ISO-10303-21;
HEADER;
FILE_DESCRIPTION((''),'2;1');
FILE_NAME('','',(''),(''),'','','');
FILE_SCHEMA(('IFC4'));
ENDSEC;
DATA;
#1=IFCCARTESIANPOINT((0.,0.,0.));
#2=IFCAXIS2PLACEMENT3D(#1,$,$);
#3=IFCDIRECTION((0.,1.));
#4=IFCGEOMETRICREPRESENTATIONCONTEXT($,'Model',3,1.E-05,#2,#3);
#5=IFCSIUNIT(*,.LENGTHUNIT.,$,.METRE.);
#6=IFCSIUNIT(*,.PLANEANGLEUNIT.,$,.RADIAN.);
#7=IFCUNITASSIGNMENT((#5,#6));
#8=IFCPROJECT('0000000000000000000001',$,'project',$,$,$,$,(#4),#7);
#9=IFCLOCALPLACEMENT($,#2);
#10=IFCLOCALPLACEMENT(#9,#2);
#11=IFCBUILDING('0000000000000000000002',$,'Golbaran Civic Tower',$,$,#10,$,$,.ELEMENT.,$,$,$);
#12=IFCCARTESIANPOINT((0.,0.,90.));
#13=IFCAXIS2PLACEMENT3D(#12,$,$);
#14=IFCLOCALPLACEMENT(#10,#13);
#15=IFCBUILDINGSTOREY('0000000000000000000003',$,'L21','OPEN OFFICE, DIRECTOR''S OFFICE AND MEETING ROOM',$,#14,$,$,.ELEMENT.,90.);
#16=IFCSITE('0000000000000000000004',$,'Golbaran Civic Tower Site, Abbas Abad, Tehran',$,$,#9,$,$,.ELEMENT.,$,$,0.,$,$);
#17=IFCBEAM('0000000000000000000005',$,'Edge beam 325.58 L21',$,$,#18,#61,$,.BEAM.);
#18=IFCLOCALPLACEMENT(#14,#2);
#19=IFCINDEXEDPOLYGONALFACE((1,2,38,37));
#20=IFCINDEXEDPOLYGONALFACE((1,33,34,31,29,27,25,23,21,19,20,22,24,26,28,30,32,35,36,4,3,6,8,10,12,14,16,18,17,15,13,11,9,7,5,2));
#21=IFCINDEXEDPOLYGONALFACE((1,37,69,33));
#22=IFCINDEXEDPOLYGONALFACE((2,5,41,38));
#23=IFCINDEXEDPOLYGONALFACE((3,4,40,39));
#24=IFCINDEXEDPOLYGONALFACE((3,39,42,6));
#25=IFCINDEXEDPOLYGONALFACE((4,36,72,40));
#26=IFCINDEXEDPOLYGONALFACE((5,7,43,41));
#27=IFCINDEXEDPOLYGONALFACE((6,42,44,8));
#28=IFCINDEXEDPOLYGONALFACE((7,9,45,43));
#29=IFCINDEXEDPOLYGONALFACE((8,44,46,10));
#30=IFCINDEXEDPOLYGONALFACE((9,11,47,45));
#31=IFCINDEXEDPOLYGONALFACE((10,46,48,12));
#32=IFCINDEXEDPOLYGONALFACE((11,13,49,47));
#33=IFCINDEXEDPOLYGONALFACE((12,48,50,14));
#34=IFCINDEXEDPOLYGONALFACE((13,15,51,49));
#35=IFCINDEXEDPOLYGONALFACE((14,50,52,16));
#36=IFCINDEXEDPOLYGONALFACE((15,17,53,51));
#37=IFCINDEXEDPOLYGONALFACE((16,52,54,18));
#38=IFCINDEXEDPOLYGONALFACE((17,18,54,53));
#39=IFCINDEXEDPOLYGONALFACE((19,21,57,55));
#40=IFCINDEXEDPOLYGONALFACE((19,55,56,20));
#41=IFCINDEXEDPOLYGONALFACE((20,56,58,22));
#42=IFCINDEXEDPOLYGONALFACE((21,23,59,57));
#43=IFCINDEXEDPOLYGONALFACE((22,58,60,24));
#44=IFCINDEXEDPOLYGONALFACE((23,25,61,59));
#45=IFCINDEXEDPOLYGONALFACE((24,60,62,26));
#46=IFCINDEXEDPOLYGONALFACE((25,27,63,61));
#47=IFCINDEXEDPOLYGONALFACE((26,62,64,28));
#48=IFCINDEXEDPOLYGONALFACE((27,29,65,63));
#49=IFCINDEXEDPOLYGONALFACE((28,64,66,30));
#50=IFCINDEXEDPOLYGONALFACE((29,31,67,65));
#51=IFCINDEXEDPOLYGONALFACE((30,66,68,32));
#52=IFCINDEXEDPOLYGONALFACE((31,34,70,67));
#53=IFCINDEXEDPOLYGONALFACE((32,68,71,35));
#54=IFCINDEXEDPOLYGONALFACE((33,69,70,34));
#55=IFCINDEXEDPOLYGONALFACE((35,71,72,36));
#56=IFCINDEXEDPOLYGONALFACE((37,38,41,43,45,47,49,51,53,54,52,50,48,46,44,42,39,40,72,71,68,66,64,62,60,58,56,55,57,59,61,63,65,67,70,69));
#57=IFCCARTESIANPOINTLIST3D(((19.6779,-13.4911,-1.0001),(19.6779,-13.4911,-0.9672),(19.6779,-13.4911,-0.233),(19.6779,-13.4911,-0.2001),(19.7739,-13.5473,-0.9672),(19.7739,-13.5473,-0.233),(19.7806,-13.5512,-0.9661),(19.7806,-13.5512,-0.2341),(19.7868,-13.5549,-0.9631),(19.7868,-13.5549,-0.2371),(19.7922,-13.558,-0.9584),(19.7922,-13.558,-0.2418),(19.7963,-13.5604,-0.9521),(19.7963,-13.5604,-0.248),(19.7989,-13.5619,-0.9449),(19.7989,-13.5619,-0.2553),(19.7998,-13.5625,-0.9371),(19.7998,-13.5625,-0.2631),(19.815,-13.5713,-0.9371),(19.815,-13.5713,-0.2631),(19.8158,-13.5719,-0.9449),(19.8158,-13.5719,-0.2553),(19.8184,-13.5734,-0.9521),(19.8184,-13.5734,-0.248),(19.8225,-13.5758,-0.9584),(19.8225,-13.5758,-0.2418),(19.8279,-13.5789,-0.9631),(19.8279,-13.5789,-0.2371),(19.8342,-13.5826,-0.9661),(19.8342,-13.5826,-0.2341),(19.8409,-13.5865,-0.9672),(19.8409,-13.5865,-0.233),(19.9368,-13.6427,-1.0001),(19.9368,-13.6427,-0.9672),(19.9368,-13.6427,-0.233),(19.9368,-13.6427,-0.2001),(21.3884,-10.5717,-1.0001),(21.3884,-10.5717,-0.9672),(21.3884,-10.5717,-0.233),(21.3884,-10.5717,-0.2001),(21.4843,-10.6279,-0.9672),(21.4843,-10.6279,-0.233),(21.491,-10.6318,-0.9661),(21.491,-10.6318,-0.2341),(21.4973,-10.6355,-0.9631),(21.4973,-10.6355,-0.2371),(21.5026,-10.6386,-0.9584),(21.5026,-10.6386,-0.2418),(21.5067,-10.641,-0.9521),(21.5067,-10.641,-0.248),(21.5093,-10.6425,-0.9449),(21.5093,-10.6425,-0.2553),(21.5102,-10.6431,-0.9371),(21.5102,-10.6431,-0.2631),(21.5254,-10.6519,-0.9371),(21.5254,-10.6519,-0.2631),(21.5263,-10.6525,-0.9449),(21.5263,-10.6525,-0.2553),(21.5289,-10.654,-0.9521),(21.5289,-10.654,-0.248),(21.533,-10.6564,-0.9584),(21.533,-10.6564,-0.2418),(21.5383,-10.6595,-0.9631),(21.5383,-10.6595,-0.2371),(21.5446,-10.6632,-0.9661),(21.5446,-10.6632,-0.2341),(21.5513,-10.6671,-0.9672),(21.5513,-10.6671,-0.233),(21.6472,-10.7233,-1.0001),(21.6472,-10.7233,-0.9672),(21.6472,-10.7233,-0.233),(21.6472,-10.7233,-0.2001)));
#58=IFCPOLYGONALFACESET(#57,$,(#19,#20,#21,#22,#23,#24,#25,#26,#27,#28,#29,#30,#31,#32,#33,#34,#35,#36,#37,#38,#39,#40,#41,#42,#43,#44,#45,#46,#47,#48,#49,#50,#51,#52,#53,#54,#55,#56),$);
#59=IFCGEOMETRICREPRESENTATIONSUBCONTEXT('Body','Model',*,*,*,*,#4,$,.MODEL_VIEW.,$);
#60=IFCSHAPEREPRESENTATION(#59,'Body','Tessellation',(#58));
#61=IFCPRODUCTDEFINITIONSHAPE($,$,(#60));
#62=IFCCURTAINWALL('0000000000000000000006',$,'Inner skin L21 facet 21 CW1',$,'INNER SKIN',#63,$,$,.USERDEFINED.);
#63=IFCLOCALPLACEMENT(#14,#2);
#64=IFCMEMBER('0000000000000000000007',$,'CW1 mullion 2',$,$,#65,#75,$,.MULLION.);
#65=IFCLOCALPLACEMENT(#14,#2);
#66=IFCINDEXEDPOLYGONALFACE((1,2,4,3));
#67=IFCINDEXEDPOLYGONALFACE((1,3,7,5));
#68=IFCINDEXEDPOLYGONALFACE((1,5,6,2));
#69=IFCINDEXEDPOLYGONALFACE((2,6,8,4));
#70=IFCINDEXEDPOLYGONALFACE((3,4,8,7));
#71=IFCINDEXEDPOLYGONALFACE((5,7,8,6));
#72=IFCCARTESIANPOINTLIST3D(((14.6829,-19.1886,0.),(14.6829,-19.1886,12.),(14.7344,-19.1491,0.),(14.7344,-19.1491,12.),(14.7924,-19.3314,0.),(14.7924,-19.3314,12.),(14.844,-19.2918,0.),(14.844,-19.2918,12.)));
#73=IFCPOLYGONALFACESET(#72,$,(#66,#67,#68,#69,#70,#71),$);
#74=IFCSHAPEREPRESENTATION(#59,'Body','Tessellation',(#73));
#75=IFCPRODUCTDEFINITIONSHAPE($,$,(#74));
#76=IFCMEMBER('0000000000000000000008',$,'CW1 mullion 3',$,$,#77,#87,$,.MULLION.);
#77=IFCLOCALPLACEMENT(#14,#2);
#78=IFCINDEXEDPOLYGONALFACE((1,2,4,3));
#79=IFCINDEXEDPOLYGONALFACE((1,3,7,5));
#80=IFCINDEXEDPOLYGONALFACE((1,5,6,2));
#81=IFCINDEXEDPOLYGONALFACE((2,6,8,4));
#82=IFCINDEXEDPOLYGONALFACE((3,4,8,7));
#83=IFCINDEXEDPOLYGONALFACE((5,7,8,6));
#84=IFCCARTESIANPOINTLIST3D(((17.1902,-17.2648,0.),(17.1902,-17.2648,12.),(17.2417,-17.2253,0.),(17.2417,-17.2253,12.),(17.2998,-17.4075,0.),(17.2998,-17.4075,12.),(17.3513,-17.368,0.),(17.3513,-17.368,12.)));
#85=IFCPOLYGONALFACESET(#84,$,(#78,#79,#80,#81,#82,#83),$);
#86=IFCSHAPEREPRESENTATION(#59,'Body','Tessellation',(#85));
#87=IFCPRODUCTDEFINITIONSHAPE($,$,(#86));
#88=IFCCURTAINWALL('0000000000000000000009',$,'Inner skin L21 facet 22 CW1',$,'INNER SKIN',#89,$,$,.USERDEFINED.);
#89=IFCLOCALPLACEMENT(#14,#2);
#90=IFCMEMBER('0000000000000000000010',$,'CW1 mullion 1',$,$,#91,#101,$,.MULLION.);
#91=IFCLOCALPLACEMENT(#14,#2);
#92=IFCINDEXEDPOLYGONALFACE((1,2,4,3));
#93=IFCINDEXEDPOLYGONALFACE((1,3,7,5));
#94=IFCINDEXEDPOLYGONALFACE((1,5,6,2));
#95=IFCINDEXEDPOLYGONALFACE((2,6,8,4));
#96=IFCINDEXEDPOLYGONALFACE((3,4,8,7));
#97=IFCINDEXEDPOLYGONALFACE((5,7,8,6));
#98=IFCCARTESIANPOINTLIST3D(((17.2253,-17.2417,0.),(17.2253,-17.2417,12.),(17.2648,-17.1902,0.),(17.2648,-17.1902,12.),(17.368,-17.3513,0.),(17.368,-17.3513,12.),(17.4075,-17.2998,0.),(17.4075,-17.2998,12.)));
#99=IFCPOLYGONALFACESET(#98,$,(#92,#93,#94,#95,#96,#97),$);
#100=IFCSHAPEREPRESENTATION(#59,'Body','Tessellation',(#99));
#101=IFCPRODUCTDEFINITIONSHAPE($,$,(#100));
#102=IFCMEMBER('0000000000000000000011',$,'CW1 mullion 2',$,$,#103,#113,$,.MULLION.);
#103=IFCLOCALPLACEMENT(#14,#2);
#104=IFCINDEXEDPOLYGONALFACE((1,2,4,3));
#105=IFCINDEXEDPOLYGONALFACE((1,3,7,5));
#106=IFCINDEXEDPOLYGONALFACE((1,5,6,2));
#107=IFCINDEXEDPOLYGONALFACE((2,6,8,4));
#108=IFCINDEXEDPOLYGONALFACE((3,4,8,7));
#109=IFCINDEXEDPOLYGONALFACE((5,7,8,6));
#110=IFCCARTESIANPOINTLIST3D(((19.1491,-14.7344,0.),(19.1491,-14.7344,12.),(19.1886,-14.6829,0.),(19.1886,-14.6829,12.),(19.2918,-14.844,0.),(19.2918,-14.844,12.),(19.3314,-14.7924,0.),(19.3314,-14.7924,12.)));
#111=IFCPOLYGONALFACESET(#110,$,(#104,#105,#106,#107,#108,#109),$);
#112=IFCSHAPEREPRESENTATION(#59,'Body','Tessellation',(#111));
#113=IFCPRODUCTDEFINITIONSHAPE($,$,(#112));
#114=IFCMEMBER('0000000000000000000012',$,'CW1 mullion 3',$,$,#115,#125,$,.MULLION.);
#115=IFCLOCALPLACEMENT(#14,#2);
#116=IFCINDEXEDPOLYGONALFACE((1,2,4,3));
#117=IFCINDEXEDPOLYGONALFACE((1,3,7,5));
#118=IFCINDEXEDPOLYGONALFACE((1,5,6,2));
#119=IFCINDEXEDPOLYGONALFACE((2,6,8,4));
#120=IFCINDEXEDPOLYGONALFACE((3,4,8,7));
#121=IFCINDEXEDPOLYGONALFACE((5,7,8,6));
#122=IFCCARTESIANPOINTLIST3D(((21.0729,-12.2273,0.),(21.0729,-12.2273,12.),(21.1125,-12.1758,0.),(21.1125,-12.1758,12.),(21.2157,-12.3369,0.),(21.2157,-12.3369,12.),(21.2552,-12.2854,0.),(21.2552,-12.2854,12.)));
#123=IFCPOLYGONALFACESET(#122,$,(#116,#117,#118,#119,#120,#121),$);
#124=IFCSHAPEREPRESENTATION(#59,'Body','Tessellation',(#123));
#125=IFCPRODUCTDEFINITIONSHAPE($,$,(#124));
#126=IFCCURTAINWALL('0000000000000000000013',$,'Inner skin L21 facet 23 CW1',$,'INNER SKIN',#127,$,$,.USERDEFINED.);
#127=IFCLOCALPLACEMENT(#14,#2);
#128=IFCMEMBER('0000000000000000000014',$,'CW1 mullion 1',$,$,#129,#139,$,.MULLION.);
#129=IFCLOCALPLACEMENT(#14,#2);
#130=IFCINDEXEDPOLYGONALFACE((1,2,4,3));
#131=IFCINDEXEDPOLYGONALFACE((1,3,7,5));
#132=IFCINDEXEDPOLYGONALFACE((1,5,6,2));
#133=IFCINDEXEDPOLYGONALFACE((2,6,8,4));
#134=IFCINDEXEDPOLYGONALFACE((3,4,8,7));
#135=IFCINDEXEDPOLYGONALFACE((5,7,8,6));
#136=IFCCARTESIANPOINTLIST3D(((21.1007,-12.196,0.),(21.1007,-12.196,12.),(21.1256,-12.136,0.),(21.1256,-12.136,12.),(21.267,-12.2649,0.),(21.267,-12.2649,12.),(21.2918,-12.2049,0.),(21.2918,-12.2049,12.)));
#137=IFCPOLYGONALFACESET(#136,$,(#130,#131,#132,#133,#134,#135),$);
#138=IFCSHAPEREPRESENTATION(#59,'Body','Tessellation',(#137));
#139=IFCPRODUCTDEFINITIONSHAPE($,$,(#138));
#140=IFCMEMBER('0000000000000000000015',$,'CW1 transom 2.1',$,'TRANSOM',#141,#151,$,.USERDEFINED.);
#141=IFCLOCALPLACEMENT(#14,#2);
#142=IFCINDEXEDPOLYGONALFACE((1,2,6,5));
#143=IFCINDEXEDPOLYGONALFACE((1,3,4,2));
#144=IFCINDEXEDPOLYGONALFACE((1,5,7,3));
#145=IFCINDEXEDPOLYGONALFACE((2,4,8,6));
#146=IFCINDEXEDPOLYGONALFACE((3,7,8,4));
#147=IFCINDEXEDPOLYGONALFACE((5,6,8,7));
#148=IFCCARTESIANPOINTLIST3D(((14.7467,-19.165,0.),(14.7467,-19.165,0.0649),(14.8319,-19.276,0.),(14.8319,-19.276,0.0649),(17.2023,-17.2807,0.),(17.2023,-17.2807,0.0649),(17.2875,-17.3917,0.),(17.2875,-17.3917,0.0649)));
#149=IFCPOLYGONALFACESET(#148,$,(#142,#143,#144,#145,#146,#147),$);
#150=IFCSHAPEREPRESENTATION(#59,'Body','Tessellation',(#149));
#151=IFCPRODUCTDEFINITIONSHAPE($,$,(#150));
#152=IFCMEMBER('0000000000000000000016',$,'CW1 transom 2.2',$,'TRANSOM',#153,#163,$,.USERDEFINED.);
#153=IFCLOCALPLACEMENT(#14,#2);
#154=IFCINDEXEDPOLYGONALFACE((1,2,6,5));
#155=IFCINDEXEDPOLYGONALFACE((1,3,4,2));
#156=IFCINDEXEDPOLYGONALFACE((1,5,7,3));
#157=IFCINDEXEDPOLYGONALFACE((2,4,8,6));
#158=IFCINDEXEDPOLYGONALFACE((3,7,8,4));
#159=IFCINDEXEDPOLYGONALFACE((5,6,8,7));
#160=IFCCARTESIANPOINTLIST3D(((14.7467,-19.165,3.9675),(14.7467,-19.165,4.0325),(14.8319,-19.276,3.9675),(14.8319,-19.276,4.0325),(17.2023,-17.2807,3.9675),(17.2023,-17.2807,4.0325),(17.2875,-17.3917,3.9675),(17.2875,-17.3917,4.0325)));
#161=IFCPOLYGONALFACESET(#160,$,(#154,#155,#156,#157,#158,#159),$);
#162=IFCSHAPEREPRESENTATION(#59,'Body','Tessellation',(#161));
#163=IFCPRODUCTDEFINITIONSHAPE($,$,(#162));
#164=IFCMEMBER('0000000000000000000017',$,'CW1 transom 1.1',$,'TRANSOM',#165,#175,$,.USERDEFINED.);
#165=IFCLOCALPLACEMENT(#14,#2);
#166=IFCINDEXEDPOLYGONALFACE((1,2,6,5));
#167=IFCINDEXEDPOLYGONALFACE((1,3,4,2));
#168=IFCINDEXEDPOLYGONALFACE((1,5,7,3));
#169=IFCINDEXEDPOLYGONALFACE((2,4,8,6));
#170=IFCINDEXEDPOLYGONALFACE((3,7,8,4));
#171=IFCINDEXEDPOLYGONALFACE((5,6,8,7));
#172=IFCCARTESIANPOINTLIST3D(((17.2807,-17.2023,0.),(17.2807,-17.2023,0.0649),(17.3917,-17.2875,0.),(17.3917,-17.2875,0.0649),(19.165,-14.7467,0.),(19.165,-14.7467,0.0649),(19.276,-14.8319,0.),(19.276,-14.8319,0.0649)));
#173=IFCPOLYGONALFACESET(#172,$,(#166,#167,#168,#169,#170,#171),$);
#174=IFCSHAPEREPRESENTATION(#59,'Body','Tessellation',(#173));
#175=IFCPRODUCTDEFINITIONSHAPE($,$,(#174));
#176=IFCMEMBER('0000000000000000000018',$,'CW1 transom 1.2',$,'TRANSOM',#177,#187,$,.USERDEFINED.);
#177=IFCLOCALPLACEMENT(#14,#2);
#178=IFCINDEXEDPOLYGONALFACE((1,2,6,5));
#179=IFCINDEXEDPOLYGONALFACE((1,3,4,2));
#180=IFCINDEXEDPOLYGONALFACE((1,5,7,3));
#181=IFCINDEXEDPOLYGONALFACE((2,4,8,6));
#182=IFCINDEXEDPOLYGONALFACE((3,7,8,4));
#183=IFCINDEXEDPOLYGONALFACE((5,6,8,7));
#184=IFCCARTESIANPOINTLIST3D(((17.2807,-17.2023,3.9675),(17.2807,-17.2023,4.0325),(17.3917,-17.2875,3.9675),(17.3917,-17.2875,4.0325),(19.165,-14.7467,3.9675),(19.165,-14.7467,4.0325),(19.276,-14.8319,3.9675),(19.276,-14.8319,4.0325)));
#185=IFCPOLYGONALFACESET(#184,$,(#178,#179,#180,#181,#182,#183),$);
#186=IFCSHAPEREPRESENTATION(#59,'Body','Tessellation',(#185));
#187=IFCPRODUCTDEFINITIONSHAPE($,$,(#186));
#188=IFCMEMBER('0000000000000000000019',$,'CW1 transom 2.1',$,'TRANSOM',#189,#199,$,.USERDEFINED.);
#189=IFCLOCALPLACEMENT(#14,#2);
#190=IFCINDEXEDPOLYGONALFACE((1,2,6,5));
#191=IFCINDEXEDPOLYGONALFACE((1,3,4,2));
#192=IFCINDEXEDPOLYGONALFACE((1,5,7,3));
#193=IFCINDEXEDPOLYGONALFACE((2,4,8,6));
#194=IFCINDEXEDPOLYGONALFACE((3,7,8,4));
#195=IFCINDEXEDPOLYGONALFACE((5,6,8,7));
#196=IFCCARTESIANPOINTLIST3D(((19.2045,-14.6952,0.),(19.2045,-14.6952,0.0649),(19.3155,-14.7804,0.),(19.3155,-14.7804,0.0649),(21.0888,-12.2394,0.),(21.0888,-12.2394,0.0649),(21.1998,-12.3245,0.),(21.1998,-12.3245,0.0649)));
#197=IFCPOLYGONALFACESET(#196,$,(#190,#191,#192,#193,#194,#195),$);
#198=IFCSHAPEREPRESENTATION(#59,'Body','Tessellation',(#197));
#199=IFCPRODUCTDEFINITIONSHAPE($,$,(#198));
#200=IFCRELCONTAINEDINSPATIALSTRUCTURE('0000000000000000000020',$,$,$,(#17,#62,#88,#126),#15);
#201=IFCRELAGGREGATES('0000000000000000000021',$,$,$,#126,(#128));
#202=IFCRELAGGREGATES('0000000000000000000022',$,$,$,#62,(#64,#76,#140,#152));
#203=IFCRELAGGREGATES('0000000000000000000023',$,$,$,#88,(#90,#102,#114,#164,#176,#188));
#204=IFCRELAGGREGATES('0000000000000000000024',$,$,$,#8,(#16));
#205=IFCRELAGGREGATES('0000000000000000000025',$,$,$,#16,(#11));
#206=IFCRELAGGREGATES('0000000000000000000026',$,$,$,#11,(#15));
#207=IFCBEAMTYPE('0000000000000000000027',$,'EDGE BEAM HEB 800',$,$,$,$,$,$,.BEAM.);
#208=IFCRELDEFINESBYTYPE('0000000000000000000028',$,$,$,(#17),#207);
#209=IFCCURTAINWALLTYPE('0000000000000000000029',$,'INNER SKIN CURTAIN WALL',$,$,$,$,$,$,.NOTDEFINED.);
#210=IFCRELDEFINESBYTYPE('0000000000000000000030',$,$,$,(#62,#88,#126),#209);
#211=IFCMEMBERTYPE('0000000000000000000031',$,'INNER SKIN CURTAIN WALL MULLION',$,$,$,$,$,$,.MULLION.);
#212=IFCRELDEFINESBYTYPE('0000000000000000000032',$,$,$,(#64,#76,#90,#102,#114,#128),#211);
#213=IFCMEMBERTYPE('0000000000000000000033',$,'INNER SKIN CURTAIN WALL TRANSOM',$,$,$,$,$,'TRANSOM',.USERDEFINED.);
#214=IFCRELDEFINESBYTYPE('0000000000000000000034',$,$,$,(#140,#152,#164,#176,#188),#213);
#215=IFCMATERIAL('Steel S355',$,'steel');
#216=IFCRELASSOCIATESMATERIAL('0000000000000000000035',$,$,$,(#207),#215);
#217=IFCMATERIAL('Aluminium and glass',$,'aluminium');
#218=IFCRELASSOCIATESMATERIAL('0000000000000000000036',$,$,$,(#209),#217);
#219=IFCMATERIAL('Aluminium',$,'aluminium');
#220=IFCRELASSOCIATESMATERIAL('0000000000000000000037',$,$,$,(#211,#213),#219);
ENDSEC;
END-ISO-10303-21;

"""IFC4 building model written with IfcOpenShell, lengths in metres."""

from ifc_helpers import new_model, si_unit, direction, frame, origin, origin_2d, place, context, subcontext, project, spatial, rectangle, i_section, extrude, material, material_profile, profile_set, type_object, element, aggregate, save


model = new_model("IFC4")

# Units and contexts
model_context = context("Model", 3, precision=1e-05, world=origin(), true_north=direction((0.0, 1.0)))
body_context = subcontext(model_context, "Body", "Model", "MODEL_VIEW")
ifc_project = project(units=[si_unit("LENGTHUNIT", "METRE"), si_unit("PLANEANGLEUNIT", "RADIAN")], contexts=[model_context])

# Site, building, storey
site_placement = place(None, origin())
site = spatial("IfcSite", under=ifc_project, at=site_placement, Name="Golbaran Civic Tower Site, Abbas Abad, Tehran", CompositionType="ELEMENT", RefElevation=0.0)
building_placement = place(site_placement, origin())
building = spatial("IfcBuilding", under=site, at=building_placement, Name="Golbaran Civic Tower", CompositionType="ELEMENT")
storey_placement = place(building_placement, frame((0.0, 0.0, 90.0)))
storey = spatial("IfcBuildingStorey", under=building, at=storey_placement, Name="L21", Description="OPEN OFFICE, DIRECTOR'S OFFICE AND MEETING ROOM", CompositionType="ELEMENT", Elevation=90.0)

# Beam
ifc_material_1 = material(Name="Steel S355", Category="steel")
ifc_material_profile_1 = material_profile(ifc_material_1, i_section(OverallWidth=0.3, OverallDepth=0.8, WebThickness=0.0176, FlangeThickness=0.033, FilletRadius=0.03, at=origin_2d()), Name="HEB 800")
ifc_profile_set_1 = profile_set([ifc_material_profile_1], Name="Steel S355")
beam_type = type_object("IfcBeamType", Name="EDGE BEAM HEB 800", PredefinedType="BEAM", material=ifc_profile_set_1)
beam_placement = place(storey_placement, frame((19.8074, -13.5669, -0.6001), z_axis=(0.505512, 0.86282, 0.0), x_axis=(-0.86282, 0.505512, 0.0)))
element("IfcBeam", 1, at=beam_placement, inside=storey, type_object=beam_type, Name="Edge beam 325.58 L21", PredefinedType="BEAM", context=body_context, shape_type="SweptSolid", body=[
    extrude(i_section(OverallWidth=0.3, OverallDepth=0.8, WebThickness=0.0176, FlangeThickness=0.033, FilletRadius=0.03, at=origin_2d()), origin(), (0.0, 0.0, 1.0), 3.3835),
])

# Curtain walls, members
ifc_material_2 = material(Name="Aluminium and glass", Category="aluminium")
curtain_wall_type = type_object("IfcCurtainWallType", Name="INNER SKIN CURTAIN WALL", PredefinedType="NOTDEFINED", material=ifc_material_2)
curtain_wall_1_placement = place(storey_placement, origin())
curtain_wall_1 = element("IfcCurtainWall", 2, at=curtain_wall_1_placement, inside=storey, type_object=curtain_wall_type, Name="Inner skin L21 facet 21 CW1", ObjectType="INNER SKIN", PredefinedType="USERDEFINED")
ifc_material_3 = material(Name="Aluminium", Category="aluminium")
ifc_material_profile_2 = material_profile(ifc_material_3, rectangle(XDim=0.1799, YDim=0.0649, at=origin_2d()), Name="INNER SKIN CURTAIN WALL MULLION")
ifc_profile_set_2 = profile_set([ifc_material_profile_2], Name="Aluminium")
member_type_1 = type_object("IfcMemberType", Name="INNER SKIN CURTAIN WALL MULLION", PredefinedType="MULLION", material=ifc_profile_set_2)
member_1_placement = place(storey_placement, frame((14.7634, -19.2402, 0.0), z_axis=(0.0, 0.0, 1.0), x_axis=(-0.608761, 0.793353, 0.0)))
member_1 = element("IfcMember", 3, at=member_1_placement, type_object=member_type_1, Name="CW1 mullion 2", PredefinedType="MULLION", context=body_context, shape_type="SweptSolid", body=[
    extrude(rectangle(XDim=0.1799, YDim=0.0649, at=origin_2d()), origin(), (0.0, 0.0, 1.0), 12.0),
])
member_2_placement = place(storey_placement, frame((17.2708, -17.3164, 0.0), z_axis=(0.0, 0.0, 1.0), x_axis=(-0.608761, 0.793353, 0.0)))
member_2 = element("IfcMember", 4, at=member_2_placement, type_object=member_type_1, Name="CW1 mullion 3", PredefinedType="MULLION", context=body_context, shape_type="SweptSolid", body=[
    extrude(rectangle(XDim=0.1799, YDim=0.0649, at=origin_2d()), origin(), (0.0, 0.0, 1.0), 12.0),
])
curtain_wall_2_placement = place(storey_placement, origin())
curtain_wall_2 = element("IfcCurtainWall", 5, at=curtain_wall_2_placement, inside=storey, type_object=curtain_wall_type, Name="Inner skin L21 facet 22 CW1", ObjectType="INNER SKIN", PredefinedType="USERDEFINED")
member_3_placement = place(storey_placement, frame((17.3164, -17.2708, 0.0), z_axis=(0.0, 0.0, 1.0), x_axis=(-0.793353, 0.608761, 0.0)))
member_3 = element("IfcMember", 6, at=member_3_placement, type_object=member_type_1, Name="CW1 mullion 1", PredefinedType="MULLION", context=body_context, shape_type="SweptSolid", body=[
    extrude(rectangle(XDim=0.1799, YDim=0.0649, at=origin_2d()), origin(), (0.0, 0.0, 1.0), 12.0),
])
member_4_placement = place(storey_placement, frame((19.2402, -14.7634, 0.0), z_axis=(0.0, 0.0, 1.0), x_axis=(-0.793353, 0.608761, 0.0)))
member_4 = element("IfcMember", 7, at=member_4_placement, type_object=member_type_1, Name="CW1 mullion 2", PredefinedType="MULLION", context=body_context, shape_type="SweptSolid", body=[
    extrude(rectangle(XDim=0.1799, YDim=0.0649, at=origin_2d()), origin(), (0.0, 0.0, 1.0), 12.0),
])
member_5_placement = place(storey_placement, frame((21.1641, -12.2563, 0.0), z_axis=(0.0, 0.0, 1.0), x_axis=(-0.793353, 0.608761, 0.0)))
member_5 = element("IfcMember", 8, at=member_5_placement, type_object=member_type_1, Name="CW1 mullion 3", PredefinedType="MULLION", context=body_context, shape_type="SweptSolid", body=[
    extrude(rectangle(XDim=0.1799, YDim=0.0649, at=origin_2d()), origin(), (0.0, 0.0, 1.0), 12.0),
])

# Curtain wall, member
curtain_wall_3_placement = place(storey_placement, origin())
curtain_wall_3 = element("IfcCurtainWall", 9, at=curtain_wall_3_placement, inside=storey, type_object=curtain_wall_type, Name="Inner skin L21 facet 23 CW1", ObjectType="INNER SKIN", PredefinedType="USERDEFINED")
member_6_placement = place(storey_placement, frame((21.1963, -12.2004, 0.0), z_axis=(0.0, 0.0, 1.0), x_axis=(-0.92388, 0.382683, 0.0)))
member_6 = element("IfcMember", 10, at=member_6_placement, type_object=member_type_1, Name="CW1 mullion 1", PredefinedType="MULLION", context=body_context, shape_type="SweptSolid", body=[
    extrude(rectangle(XDim=0.1799, YDim=0.0649, at=origin_2d()), origin(), (0.0, 0.0, 1.0), 12.0),
])

# Members
ifc_material_profile_3 = material_profile(ifc_material_3, rectangle(XDim=0.1399, YDim=0.0649, at=origin_2d()), Name="INNER SKIN CURTAIN WALL TRANSOM")
ifc_profile_set_3 = profile_set([ifc_material_profile_3], Name="Aluminium")
member_type_2 = type_object("IfcMemberType", Name="INNER SKIN CURTAIN WALL TRANSOM", ElementType="TRANSOM", PredefinedType="USERDEFINED", material=ifc_profile_set_3)
member_7_placement = place(storey_placement, frame((14.7893, -19.2205, 0.0325), z_axis=(0.793345, 0.608773, 0.0), x_axis=(-0.608773, 0.793345, 0.0)))
member_7 = element("IfcMember", 11, at=member_7_placement, type_object=member_type_2, Name="CW1 transom 2.1", ObjectType="TRANSOM", PredefinedType="USERDEFINED", context=body_context, shape_type="SweptSolid", body=[
    extrude(rectangle(XDim=0.1399, YDim=0.0649, at=origin_2d()), origin(), (0.0, 0.0, 1.0), 3.0952),
])
member_8_placement = place(storey_placement, frame((14.7893, -19.2205, 4.0), z_axis=(0.793345, 0.608773, 0.0), x_axis=(-0.608773, 0.793345, 0.0)))
member_8 = element("IfcMember", 12, at=member_8_placement, type_object=member_type_2, Name="CW1 transom 2.2", ObjectType="TRANSOM", PredefinedType="USERDEFINED", context=body_context, shape_type="SweptSolid", body=[
    extrude(rectangle(XDim=0.1399, YDim=0.0649, at=origin_2d()), origin(), (0.0, 0.0, 1.0), 3.0952),
])
member_9_placement = place(storey_placement, frame((17.3362, -17.2449, 0.0325), z_axis=(0.608773, 0.793345, 0.0), x_axis=(-0.793345, 0.608773, 0.0)))
member_9 = element("IfcMember", 13, at=member_9_placement, type_object=member_type_2, Name="CW1 transom 1.1", ObjectType="TRANSOM", PredefinedType="USERDEFINED", context=body_context, shape_type="SweptSolid", body=[
    extrude(rectangle(XDim=0.1399, YDim=0.0649, at=origin_2d()), origin(), (0.0, 0.0, 1.0), 3.0952),
])
member_10_placement = place(storey_placement, frame((17.3362, -17.2449, 4.0), z_axis=(0.608773, 0.793345, 0.0), x_axis=(-0.793345, 0.608773, 0.0)))
member_10 = element("IfcMember", 14, at=member_10_placement, type_object=member_type_2, Name="CW1 transom 1.2", ObjectType="TRANSOM", PredefinedType="USERDEFINED", context=body_context, shape_type="SweptSolid", body=[
    extrude(rectangle(XDim=0.1399, YDim=0.0649, at=origin_2d()), origin(), (0.0, 0.0, 1.0), 3.0952),
])
member_11_placement = place(storey_placement, frame((19.26, -14.7378, 0.0325), z_axis=(0.608735, 0.793374, 0.0), x_axis=(-0.793374, 0.608735, 0.0)))
member_11 = element("IfcMember", 15, at=member_11_placement, type_object=member_type_2, Name="CW1 transom 2.1", ObjectType="TRANSOM", PredefinedType="USERDEFINED", context=body_context, shape_type="SweptSolid", body=[
    extrude(rectangle(XDim=0.1399, YDim=0.0649, at=origin_2d()), origin(), (0.0, 0.0, 1.0), 3.0955),
])

aggregate(curtain_wall_3, [member_6])
aggregate(curtain_wall_1, [member_1, member_2, member_7, member_8])
aggregate(curtain_wall_2, [member_3, member_4, member_5, member_9, member_10, member_11])

save(model, "model.ifc")
